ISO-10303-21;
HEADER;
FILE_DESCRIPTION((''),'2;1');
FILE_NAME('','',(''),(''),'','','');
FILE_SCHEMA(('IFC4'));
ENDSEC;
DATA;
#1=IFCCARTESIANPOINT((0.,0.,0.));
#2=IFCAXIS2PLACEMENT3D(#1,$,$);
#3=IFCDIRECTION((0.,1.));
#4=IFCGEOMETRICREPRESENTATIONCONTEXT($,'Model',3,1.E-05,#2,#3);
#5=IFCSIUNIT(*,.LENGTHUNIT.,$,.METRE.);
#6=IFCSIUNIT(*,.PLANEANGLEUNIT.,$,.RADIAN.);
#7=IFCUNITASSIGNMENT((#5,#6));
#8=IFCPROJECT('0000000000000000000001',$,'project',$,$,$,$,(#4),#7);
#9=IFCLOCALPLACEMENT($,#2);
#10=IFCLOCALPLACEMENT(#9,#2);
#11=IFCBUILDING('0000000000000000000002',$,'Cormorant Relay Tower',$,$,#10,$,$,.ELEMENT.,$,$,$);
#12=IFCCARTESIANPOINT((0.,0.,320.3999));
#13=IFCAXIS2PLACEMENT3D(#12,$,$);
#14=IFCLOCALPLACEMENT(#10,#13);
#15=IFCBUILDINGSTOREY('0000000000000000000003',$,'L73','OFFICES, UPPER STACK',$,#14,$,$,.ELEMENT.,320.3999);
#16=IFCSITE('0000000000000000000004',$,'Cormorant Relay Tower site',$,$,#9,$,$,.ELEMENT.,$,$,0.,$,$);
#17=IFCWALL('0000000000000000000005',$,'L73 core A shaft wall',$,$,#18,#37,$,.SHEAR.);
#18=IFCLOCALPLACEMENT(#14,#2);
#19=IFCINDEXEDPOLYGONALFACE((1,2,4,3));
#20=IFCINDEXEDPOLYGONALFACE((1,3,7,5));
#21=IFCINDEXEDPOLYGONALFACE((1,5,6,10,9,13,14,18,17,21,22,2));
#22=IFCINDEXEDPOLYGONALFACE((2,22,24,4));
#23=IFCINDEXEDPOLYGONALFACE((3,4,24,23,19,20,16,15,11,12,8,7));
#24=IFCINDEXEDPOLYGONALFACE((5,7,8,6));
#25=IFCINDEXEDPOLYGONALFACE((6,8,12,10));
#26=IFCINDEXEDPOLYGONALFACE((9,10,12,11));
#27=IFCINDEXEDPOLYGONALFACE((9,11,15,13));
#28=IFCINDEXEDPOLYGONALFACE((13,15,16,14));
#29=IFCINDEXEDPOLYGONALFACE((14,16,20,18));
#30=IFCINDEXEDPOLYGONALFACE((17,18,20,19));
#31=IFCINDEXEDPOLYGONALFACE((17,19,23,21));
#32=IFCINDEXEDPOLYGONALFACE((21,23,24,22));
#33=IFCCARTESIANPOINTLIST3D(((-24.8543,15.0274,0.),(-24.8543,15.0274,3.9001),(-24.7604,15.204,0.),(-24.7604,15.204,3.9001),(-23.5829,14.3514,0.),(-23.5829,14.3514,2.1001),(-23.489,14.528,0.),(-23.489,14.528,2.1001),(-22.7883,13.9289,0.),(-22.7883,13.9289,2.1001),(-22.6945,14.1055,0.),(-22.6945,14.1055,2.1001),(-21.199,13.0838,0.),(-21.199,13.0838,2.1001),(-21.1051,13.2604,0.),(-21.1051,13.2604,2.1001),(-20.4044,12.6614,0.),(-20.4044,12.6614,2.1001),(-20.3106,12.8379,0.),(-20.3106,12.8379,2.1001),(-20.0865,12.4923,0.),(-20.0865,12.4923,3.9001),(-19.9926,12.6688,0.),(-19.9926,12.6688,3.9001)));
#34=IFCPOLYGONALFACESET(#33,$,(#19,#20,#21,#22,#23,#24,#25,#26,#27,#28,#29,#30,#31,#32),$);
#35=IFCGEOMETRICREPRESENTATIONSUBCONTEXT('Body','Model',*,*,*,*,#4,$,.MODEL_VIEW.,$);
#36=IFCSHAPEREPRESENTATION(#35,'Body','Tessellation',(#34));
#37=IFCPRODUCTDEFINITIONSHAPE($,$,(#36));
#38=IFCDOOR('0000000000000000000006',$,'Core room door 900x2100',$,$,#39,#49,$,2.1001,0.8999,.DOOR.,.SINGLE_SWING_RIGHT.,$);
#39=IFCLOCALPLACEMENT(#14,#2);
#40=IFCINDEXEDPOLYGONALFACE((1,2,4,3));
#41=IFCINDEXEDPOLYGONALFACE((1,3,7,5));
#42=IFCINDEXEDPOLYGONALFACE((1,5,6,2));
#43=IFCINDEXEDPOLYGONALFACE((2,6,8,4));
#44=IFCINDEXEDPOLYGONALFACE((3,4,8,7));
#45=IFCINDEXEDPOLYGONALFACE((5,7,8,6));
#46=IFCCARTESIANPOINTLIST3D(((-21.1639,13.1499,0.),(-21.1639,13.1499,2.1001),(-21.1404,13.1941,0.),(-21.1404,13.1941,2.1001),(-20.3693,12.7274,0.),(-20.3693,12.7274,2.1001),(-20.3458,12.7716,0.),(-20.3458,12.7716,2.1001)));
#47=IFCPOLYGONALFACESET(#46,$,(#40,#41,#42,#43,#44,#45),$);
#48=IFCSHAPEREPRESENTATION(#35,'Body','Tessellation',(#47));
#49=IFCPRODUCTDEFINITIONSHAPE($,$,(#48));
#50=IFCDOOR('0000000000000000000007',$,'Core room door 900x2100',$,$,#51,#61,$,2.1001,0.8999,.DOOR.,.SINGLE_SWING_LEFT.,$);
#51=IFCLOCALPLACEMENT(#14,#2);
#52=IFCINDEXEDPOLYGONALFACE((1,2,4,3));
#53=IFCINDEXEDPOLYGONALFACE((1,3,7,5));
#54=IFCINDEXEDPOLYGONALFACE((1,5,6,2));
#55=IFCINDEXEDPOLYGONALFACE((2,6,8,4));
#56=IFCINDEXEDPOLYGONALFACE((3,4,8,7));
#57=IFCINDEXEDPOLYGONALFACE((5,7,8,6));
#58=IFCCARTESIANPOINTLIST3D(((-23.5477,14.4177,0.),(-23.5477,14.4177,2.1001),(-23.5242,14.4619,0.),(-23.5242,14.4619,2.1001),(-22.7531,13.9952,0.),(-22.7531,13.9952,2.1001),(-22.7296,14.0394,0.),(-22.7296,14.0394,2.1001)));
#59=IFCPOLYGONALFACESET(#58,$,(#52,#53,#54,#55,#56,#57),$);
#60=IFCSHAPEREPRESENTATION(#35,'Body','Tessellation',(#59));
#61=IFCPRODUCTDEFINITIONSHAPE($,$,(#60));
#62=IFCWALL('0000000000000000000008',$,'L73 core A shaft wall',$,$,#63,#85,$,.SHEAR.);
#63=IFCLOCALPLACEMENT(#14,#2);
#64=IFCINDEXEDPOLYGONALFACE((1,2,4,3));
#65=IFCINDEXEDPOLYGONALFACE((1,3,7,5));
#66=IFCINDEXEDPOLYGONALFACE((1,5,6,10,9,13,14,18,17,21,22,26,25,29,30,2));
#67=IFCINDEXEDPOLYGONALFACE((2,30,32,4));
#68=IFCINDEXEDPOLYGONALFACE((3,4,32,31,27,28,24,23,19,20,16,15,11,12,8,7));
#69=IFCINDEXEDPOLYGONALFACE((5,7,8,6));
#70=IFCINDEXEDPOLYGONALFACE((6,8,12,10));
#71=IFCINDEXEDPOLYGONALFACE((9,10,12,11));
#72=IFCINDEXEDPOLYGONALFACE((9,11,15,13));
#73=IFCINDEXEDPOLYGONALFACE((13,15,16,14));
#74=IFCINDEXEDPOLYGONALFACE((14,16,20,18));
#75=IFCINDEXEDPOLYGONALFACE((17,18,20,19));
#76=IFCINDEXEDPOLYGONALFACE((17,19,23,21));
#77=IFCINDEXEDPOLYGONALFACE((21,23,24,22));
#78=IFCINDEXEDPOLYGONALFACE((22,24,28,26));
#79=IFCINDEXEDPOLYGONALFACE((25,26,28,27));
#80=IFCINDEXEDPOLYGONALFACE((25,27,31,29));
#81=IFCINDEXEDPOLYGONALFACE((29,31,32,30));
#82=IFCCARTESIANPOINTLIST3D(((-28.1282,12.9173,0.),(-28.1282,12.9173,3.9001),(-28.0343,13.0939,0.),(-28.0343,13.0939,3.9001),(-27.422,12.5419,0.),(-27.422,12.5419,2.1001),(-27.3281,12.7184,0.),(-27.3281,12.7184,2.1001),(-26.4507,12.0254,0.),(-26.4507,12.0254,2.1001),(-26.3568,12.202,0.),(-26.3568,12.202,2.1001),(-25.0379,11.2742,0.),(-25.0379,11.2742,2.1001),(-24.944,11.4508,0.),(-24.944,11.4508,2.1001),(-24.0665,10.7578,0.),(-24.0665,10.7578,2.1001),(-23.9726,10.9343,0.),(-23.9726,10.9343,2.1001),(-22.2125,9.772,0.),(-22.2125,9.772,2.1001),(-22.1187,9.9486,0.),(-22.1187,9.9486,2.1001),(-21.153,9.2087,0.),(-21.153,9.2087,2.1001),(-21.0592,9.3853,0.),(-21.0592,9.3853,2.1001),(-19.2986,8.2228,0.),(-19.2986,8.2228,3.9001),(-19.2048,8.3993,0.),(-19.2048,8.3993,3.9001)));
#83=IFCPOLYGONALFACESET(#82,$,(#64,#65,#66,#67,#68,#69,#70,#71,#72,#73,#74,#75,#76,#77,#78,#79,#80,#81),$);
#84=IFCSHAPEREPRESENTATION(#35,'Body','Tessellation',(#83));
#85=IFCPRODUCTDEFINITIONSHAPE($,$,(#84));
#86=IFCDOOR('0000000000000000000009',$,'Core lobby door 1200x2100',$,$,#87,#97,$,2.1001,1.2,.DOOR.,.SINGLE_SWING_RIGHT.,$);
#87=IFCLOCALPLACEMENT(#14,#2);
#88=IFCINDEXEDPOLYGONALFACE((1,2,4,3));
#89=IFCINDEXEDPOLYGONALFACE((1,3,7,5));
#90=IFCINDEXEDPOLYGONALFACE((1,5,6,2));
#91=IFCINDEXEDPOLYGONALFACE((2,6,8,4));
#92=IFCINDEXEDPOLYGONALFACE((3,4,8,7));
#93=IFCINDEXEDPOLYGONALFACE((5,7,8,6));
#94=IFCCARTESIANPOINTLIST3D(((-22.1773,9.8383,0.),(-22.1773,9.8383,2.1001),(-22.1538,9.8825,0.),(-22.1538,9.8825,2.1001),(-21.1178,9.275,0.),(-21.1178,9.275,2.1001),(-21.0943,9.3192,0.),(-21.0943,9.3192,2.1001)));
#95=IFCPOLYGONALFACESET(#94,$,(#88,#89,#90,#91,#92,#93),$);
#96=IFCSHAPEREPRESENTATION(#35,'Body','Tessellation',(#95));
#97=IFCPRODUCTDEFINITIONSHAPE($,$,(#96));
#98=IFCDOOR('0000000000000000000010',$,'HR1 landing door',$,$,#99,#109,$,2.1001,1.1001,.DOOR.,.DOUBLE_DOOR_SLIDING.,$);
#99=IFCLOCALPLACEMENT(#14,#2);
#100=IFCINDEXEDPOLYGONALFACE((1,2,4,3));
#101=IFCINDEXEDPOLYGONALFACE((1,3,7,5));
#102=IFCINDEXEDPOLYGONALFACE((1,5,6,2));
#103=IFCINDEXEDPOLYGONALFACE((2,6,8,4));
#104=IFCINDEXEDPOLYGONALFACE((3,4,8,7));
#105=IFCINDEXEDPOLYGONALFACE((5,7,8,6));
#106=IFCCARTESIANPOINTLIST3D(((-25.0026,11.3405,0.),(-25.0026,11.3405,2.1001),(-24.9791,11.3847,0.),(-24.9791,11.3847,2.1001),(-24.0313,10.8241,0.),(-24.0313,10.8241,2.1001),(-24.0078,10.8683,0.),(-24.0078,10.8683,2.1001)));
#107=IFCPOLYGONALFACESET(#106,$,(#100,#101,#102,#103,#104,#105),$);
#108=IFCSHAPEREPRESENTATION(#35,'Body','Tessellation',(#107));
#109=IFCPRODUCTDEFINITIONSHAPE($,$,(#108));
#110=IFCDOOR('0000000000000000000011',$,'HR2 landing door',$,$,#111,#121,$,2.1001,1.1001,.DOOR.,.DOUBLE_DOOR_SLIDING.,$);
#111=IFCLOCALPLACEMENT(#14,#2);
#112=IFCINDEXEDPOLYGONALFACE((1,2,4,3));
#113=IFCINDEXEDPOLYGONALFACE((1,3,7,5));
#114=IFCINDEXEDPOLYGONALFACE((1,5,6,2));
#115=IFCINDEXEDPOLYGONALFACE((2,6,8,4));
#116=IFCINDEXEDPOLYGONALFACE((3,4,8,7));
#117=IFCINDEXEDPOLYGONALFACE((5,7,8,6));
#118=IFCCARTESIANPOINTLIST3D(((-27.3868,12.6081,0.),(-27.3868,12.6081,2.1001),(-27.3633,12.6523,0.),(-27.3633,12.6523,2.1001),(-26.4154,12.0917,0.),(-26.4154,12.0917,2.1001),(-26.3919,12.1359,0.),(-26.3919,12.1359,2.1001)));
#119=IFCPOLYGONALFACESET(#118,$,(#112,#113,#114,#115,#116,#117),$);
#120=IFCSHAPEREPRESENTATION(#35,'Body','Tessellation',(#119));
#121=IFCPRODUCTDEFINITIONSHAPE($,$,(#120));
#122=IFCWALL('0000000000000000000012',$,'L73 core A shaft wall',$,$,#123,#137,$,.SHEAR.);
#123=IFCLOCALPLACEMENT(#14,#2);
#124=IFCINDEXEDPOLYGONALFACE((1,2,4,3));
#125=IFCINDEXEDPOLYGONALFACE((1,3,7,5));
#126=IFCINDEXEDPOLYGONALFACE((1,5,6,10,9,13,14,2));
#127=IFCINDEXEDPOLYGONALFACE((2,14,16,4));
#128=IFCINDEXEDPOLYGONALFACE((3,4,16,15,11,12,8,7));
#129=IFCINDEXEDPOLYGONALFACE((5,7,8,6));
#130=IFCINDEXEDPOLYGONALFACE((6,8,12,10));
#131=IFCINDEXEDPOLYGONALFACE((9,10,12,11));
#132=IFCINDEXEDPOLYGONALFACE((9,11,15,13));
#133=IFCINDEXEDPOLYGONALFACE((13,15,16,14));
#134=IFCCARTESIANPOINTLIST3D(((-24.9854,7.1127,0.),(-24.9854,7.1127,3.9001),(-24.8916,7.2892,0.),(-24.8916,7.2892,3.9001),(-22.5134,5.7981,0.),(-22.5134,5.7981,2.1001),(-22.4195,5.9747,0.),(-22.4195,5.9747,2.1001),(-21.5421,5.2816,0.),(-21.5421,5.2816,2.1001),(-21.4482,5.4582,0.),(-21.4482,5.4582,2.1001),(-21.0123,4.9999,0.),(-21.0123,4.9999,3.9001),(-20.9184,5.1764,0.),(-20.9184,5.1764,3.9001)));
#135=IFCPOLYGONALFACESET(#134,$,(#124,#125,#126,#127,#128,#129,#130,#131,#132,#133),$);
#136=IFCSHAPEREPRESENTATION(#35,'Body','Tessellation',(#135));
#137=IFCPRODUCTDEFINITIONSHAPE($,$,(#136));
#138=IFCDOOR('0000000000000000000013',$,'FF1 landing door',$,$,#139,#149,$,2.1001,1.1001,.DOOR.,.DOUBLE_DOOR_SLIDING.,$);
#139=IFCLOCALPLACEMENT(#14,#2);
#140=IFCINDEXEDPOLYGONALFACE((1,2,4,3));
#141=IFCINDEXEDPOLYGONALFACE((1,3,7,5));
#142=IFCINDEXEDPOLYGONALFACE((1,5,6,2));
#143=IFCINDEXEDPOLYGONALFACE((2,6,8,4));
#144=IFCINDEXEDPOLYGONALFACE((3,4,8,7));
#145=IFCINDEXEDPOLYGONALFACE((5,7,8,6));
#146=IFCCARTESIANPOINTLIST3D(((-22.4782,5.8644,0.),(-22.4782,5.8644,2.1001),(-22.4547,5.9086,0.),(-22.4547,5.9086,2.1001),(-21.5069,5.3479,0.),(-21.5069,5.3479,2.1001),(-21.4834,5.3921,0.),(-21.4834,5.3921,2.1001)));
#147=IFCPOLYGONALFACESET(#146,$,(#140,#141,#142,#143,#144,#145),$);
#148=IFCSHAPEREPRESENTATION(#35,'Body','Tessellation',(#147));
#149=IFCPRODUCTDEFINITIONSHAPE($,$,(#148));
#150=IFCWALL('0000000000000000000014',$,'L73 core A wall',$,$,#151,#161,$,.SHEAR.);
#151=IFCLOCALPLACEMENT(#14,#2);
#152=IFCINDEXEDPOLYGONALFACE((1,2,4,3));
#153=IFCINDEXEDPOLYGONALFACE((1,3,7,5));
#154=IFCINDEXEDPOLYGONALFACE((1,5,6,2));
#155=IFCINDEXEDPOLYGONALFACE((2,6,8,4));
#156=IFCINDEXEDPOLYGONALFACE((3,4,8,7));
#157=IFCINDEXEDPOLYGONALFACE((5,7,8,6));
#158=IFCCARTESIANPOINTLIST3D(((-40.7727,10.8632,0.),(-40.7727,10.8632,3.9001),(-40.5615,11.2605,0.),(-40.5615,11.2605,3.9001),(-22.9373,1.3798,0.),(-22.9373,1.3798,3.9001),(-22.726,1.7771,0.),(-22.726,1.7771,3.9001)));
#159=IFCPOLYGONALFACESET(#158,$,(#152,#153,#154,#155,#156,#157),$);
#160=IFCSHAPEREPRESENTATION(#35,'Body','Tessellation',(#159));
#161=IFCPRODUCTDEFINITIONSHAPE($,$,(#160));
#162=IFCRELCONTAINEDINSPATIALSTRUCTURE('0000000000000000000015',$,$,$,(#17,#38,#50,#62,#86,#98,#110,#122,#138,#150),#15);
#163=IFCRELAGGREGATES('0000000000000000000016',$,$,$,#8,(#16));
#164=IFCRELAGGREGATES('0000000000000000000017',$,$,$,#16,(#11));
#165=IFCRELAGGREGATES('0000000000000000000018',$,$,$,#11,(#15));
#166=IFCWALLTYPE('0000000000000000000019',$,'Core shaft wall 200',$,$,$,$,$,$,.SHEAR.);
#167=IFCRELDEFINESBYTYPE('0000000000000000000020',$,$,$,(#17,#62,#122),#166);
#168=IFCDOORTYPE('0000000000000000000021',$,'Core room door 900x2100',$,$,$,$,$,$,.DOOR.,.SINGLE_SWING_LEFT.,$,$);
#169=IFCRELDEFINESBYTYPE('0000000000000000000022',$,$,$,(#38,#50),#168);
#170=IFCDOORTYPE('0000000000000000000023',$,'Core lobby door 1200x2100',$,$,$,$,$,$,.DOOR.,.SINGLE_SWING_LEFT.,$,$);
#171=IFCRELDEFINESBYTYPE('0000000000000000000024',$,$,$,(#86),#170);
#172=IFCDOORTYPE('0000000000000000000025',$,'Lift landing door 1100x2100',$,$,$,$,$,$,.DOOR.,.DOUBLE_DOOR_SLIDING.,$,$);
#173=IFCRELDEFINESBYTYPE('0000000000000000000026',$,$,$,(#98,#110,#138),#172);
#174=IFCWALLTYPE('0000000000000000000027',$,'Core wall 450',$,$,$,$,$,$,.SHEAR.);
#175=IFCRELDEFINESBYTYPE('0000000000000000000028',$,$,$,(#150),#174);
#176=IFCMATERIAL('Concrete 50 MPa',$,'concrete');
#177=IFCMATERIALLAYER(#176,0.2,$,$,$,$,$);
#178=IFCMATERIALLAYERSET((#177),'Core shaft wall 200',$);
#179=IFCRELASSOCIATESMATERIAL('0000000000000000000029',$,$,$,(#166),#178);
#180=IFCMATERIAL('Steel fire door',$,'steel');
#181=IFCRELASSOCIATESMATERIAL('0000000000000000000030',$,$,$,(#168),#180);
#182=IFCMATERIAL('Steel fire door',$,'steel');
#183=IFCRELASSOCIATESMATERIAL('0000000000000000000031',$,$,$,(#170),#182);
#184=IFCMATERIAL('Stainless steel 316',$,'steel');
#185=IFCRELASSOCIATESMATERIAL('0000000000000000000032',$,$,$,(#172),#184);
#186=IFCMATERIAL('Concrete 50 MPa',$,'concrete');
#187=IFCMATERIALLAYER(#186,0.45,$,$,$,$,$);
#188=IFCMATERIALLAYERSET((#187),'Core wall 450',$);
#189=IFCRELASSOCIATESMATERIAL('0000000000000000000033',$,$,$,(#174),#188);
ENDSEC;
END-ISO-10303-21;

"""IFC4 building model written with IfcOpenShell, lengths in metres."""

from ifc_helpers import new_model, si_unit, direction, frame, frame_2d, origin, place, context, subcontext, project, spatial, rectangle, extrude, material, layer, layer_set, type_object, element, fill, save


model = new_model("IFC4")

# Units and contexts
model_context = context("Model", 3, precision=1e-05, world=origin(), true_north=direction((0.0, 1.0)))
body_context = subcontext(model_context, "Body", "Model", "MODEL_VIEW")
ifc_project = project(units=[si_unit("LENGTHUNIT", "METRE"), si_unit("PLANEANGLEUNIT", "RADIAN")], contexts=[model_context])

# Site, building, storey
site_placement = place(None, origin())
site = spatial("IfcSite", under=ifc_project, at=site_placement, Name="Cormorant Relay Tower site", CompositionType="ELEMENT", RefElevation=0.0)
building_placement = place(site_placement, origin())
building = spatial("IfcBuilding", under=site, at=building_placement, Name="Cormorant Relay Tower", CompositionType="ELEMENT")
storey_placement = place(building_placement, frame((0.0, 0.0, 320.3999)))
storey = spatial("IfcBuildingStorey", under=building, at=storey_placement, Name="L73", Description="OFFICES, UPPER STACK", CompositionType="ELEMENT", Elevation=320.3999)

# Shared definitions
ifc_material_1 = material(Name="Concrete 50 MPa", Category="concrete")
ifc_layer_1 = layer(ifc_material_1, 0.2)
ifc_layer_set_1 = layer_set([ifc_layer_1], Name="Core shaft wall 200")
wall_type_1 = type_object("IfcWallType", Name="Core shaft wall 200", PredefinedType="SHEAR", material=ifc_layer_set_1)

# Walls, openings, doors
wall_1_placement = place(storey_placement, frame((-20.0396, 12.5806, 0.0), z_axis=(0.0, 0.0, 1.0), x_axis=(-0.882943, 0.46948, 0.0)))
wall_1 = element("IfcWall", 1, at=wall_1_placement, inside=storey, type_object=wall_type_1, Name="L73 core A shaft wall", PredefinedType="SHEAR", context=body_context, shape_type="SweptSolid", body=[
    extrude(rectangle(XDim=5.3999, YDim=0.2, at=frame_2d((2.7, 0.0))), origin(), (0.0, 0.0, 1.0), 3.9001),
])
opening_1_placement = place(wall_1_placement, frame((0.3601, 0.0, 0.0)))
opening_1 = element("IfcOpeningElement", 2, at=opening_1_placement, cuts=wall_1, PredefinedType="OPENING", context=body_context, shape_type="SweptSolid", body=[
    extrude(rectangle(XDim=0.8999, YDim=2.1001, at=frame_2d((0.45, 1.05))), frame((0.0, 0.1099, 0.0), z_axis=(0.0, -1.0, 0.0), x_axis=(1.0, 0.0, 0.0)), (0.0, 0.0, 1.0), 0.22),
])
opening_2_placement = place(wall_1_placement, frame((3.0601, 0.0, 0.0)))
opening_2 = element("IfcOpeningElement", 3, at=opening_2_placement, cuts=wall_1, PredefinedType="OPENING", context=body_context, shape_type="SweptSolid", body=[
    extrude(rectangle(XDim=0.8999, YDim=2.1001, at=frame_2d((0.45, 1.05))), frame((0.0, 0.1099, 0.0), z_axis=(0.0, -1.0, 0.0), x_axis=(1.0, 0.0, 0.0)), (0.0, 0.0, 1.0), 0.22),
])
ifc_material_2 = material(Name="Steel fire door", Category="steel")
door_type_1 = type_object("IfcDoorType", Name="Core room door 900x2100", OperationType="SINGLE_SWING_LEFT", PredefinedType="DOOR", material=ifc_material_2)
door_1_placement = place(opening_1_placement, frame((0.8999, 0.0, 0.0), z_axis=(0.0, 0.0, 1.0), x_axis=(-1.0, 0.0, 0.0)))
door_1 = element("IfcDoor", 4, at=door_1_placement, inside=storey, type_object=door_type_1, Name="Core room door 900x2100", OperationType="SINGLE_SWING_RIGHT", OverallHeight=2.1001, OverallWidth=0.8999, PredefinedType="DOOR", context=body_context, shape_type="SweptSolid", body=[
    extrude(rectangle(XDim=0.8999, YDim=2.1001, at=frame_2d((0.45, 1.05))), frame((0.0, 0.0249, 0.0), z_axis=(0.0, -1.0, 0.0), x_axis=(1.0, 0.0, 0.0)), (0.0, 0.0, 1.0), 0.05),
])
fill(opening_1, door_1)
door_2_placement = place(opening_2_placement, origin())
door_2 = element("IfcDoor", 5, at=door_2_placement, inside=storey, type_object=door_type_1, Name="Core room door 900x2100", OperationType="SINGLE_SWING_LEFT", OverallHeight=2.1001, OverallWidth=0.8999, PredefinedType="DOOR", context=body_context, shape_type="SweptSolid", body=[
    extrude(rectangle(XDim=0.8999, YDim=2.1001, at=frame_2d((0.45, 1.05))), frame((0.0, 0.0249, 0.0), z_axis=(0.0, -1.0, 0.0), x_axis=(1.0, 0.0, 0.0)), (0.0, 0.0, 1.0), 0.05),
])
fill(opening_2, door_2)
wall_2_placement = place(storey_placement, frame((-19.2517, 8.311, 0.0), z_axis=(0.0, 0.0, 1.0), x_axis=(-0.882956, 0.469456, 0.0)))
wall_2 = element("IfcWall", 6, at=wall_2_placement, inside=storey, type_object=wall_type_1, Name="L73 core A shaft wall", PredefinedType="SHEAR", context=body_context, shape_type="SweptSolid", body=[
    extrude(rectangle(XDim=10.0, YDim=0.2, at=frame_2d((5.0, 0.0))), origin(), (0.0, 0.0, 1.0), 3.9001),
])
opening_3_placement = place(wall_2_placement, frame((2.1001, 0.0, 0.0)))
opening_3 = element("IfcOpeningElement", 7, at=opening_3_placement, cuts=wall_2, PredefinedType="OPENING", context=body_context, shape_type="SweptSolid", body=[
    extrude(rectangle(XDim=1.2, YDim=2.1001, at=frame_2d((0.6001, 1.05))), frame((0.0, 0.1099, 0.0), z_axis=(0.0, -1.0, 0.0), x_axis=(1.0, 0.0, 0.0)), (0.0, 0.0, 1.0), 0.22),
])
opening_4_placement = place(wall_2_placement, frame((5.3999, 0.0, 0.0)))
opening_4 = element("IfcOpeningElement", 8, at=opening_4_placement, cuts=wall_2, PredefinedType="OPENING", context=body_context, shape_type="SweptSolid", body=[
    extrude(rectangle(XDim=1.1001, YDim=2.1001, at=frame_2d((0.55, 1.05))), frame((0.0, 0.1099, 0.0), z_axis=(0.0, -1.0, 0.0), x_axis=(1.0, 0.0, 0.0)), (0.0, 0.0, 1.0), 0.22),
])
opening_5_placement = place(wall_2_placement, frame((8.1001, 0.0, 0.0)))
opening_5 = element("IfcOpeningElement", 9, at=opening_5_placement, cuts=wall_2, PredefinedType="OPENING", context=body_context, shape_type="SweptSolid", body=[
    extrude(rectangle(XDim=1.1001, YDim=2.1001, at=frame_2d((0.55, 1.05))), frame((0.0, 0.1099, 0.0), z_axis=(0.0, -1.0, 0.0), x_axis=(1.0, 0.0, 0.0)), (0.0, 0.0, 1.0), 0.22),
])
ifc_material_3 = material(Name="Steel fire door", Category="steel")
door_type_2 = type_object("IfcDoorType", Name="Core lobby door 1200x2100", OperationType="SINGLE_SWING_LEFT", PredefinedType="DOOR", material=ifc_material_3)
door_3_placement = place(opening_3_placement, origin())
door_3 = element("IfcDoor", 10, at=door_3_placement, inside=storey, type_object=door_type_2, Name="Core lobby door 1200x2100", OperationType="SINGLE_SWING_RIGHT", OverallHeight=2.1001, OverallWidth=1.2, PredefinedType="DOOR", context=body_context, shape_type="SweptSolid", body=[
    extrude(rectangle(XDim=1.2, YDim=2.1001, at=frame_2d((0.6001, 1.05))), frame((0.0, 0.0249, 0.0), z_axis=(0.0, -1.0, 0.0), x_axis=(1.0, 0.0, 0.0)), (0.0, 0.0, 1.0), 0.05),
])
fill(opening_3, door_3)
ifc_material_4 = material(Name="Stainless steel 316", Category="steel")
door_type_3 = type_object("IfcDoorType", Name="Lift landing door 1100x2100", OperationType="DOUBLE_DOOR_SLIDING", PredefinedType="DOOR", material=ifc_material_4)
door_4_placement = place(opening_4_placement, origin())
door_4 = element("IfcDoor", 11, at=door_4_placement, inside=storey, type_object=door_type_3, Name="HR1 landing door", OperationType="DOUBLE_DOOR_SLIDING", OverallHeight=2.1001, OverallWidth=1.1001, PredefinedType="DOOR", context=body_context, shape_type="SweptSolid", body=[
    extrude(rectangle(XDim=1.1001, YDim=2.1001, at=frame_2d((0.55, 1.05))), frame((0.0, 0.0249, 0.0), z_axis=(0.0, -1.0, 0.0), x_axis=(1.0, 0.0, 0.0)), (0.0, 0.0, 1.0), 0.05),
])
fill(opening_4, door_4)
door_5_placement = place(opening_5_placement, origin())
door_5 = element("IfcDoor", 12, at=door_5_placement, inside=storey, type_object=door_type_3, Name="HR2 landing door", OperationType="DOUBLE_DOOR_SLIDING", OverallHeight=2.1001, OverallWidth=1.1001, PredefinedType="DOOR", context=body_context, shape_type="SweptSolid", body=[
    extrude(rectangle(XDim=1.1001, YDim=2.1001, at=frame_2d((0.55, 1.05))), frame((0.0, 0.0249, 0.0), z_axis=(0.0, -1.0, 0.0), x_axis=(1.0, 0.0, 0.0)), (0.0, 0.0, 1.0), 0.05),
])
fill(opening_5, door_5)

# Wall, opening, door
wall_3_placement = place(storey_placement, frame((-20.9653, 5.0881, 0.0), z_axis=(0.0, 0.0, 1.0), x_axis=(-0.882926, 0.469512, 0.0)))
wall_3 = element("IfcWall", 13, at=wall_3_placement, inside=storey, type_object=wall_type_1, Name="L73 core A shaft wall", PredefinedType="SHEAR", context=body_context, shape_type="SweptSolid", body=[
    extrude(rectangle(XDim=4.5, YDim=0.2, at=frame_2d((2.25, 0.0))), origin(), (0.0, 0.0, 1.0), 3.9001),
])
opening_6_placement = place(wall_3_placement, frame((0.6001, 0.0, 0.0)))
opening_6 = element("IfcOpeningElement", 14, at=opening_6_placement, cuts=wall_3, PredefinedType="OPENING", context=body_context, shape_type="SweptSolid", body=[
    extrude(rectangle(XDim=1.1001, YDim=2.1001, at=frame_2d((0.55, 1.05))), frame((0.0, 0.1099, 0.0), z_axis=(0.0, -1.0, 0.0), x_axis=(1.0, 0.0, 0.0)), (0.0, 0.0, 1.0), 0.22),
])
door_6_placement = place(opening_6_placement, origin())
door_6 = element("IfcDoor", 15, at=door_6_placement, inside=storey, type_object=door_type_3, Name="FF1 landing door", OperationType="DOUBLE_DOOR_SLIDING", OverallHeight=2.1001, OverallWidth=1.1001, PredefinedType="DOOR", context=body_context, shape_type="SweptSolid", body=[
    extrude(rectangle(XDim=1.1001, YDim=2.1001, at=frame_2d((0.55, 1.05))), frame((0.0, 0.0249, 0.0), z_axis=(0.0, -1.0, 0.0), x_axis=(1.0, 0.0, 0.0)), (0.0, 0.0, 1.0), 0.05),
])
fill(opening_6, door_6)

# Wall
ifc_material_5 = material(Name="Concrete 50 MPa", Category="concrete")
ifc_layer_2 = layer(ifc_material_5, 0.45)
ifc_layer_set_2 = layer_set([ifc_layer_2], Name="Core wall 450")
wall_type_2 = type_object("IfcWallType", Name="Core wall 450", PredefinedType="SHEAR", material=ifc_layer_set_2)
wall_4_placement = place(storey_placement, frame((-22.8315, 1.5784, 0.0), z_axis=(0.0, 0.0, 1.0), x_axis=(-0.882945, 0.469476, 0.0)))
element("IfcWall", 16, at=wall_4_placement, inside=storey, type_object=wall_type_2, Name="L73 core A wall", PredefinedType="SHEAR", context=body_context, shape_type="SweptSolid", body=[
    extrude(rectangle(XDim=20.2, YDim=0.45, at=frame_2d((10.1001, 0.0))), origin(), (0.0, 0.0, 1.0), 3.9001),
])

save(model, "model.ifc")
